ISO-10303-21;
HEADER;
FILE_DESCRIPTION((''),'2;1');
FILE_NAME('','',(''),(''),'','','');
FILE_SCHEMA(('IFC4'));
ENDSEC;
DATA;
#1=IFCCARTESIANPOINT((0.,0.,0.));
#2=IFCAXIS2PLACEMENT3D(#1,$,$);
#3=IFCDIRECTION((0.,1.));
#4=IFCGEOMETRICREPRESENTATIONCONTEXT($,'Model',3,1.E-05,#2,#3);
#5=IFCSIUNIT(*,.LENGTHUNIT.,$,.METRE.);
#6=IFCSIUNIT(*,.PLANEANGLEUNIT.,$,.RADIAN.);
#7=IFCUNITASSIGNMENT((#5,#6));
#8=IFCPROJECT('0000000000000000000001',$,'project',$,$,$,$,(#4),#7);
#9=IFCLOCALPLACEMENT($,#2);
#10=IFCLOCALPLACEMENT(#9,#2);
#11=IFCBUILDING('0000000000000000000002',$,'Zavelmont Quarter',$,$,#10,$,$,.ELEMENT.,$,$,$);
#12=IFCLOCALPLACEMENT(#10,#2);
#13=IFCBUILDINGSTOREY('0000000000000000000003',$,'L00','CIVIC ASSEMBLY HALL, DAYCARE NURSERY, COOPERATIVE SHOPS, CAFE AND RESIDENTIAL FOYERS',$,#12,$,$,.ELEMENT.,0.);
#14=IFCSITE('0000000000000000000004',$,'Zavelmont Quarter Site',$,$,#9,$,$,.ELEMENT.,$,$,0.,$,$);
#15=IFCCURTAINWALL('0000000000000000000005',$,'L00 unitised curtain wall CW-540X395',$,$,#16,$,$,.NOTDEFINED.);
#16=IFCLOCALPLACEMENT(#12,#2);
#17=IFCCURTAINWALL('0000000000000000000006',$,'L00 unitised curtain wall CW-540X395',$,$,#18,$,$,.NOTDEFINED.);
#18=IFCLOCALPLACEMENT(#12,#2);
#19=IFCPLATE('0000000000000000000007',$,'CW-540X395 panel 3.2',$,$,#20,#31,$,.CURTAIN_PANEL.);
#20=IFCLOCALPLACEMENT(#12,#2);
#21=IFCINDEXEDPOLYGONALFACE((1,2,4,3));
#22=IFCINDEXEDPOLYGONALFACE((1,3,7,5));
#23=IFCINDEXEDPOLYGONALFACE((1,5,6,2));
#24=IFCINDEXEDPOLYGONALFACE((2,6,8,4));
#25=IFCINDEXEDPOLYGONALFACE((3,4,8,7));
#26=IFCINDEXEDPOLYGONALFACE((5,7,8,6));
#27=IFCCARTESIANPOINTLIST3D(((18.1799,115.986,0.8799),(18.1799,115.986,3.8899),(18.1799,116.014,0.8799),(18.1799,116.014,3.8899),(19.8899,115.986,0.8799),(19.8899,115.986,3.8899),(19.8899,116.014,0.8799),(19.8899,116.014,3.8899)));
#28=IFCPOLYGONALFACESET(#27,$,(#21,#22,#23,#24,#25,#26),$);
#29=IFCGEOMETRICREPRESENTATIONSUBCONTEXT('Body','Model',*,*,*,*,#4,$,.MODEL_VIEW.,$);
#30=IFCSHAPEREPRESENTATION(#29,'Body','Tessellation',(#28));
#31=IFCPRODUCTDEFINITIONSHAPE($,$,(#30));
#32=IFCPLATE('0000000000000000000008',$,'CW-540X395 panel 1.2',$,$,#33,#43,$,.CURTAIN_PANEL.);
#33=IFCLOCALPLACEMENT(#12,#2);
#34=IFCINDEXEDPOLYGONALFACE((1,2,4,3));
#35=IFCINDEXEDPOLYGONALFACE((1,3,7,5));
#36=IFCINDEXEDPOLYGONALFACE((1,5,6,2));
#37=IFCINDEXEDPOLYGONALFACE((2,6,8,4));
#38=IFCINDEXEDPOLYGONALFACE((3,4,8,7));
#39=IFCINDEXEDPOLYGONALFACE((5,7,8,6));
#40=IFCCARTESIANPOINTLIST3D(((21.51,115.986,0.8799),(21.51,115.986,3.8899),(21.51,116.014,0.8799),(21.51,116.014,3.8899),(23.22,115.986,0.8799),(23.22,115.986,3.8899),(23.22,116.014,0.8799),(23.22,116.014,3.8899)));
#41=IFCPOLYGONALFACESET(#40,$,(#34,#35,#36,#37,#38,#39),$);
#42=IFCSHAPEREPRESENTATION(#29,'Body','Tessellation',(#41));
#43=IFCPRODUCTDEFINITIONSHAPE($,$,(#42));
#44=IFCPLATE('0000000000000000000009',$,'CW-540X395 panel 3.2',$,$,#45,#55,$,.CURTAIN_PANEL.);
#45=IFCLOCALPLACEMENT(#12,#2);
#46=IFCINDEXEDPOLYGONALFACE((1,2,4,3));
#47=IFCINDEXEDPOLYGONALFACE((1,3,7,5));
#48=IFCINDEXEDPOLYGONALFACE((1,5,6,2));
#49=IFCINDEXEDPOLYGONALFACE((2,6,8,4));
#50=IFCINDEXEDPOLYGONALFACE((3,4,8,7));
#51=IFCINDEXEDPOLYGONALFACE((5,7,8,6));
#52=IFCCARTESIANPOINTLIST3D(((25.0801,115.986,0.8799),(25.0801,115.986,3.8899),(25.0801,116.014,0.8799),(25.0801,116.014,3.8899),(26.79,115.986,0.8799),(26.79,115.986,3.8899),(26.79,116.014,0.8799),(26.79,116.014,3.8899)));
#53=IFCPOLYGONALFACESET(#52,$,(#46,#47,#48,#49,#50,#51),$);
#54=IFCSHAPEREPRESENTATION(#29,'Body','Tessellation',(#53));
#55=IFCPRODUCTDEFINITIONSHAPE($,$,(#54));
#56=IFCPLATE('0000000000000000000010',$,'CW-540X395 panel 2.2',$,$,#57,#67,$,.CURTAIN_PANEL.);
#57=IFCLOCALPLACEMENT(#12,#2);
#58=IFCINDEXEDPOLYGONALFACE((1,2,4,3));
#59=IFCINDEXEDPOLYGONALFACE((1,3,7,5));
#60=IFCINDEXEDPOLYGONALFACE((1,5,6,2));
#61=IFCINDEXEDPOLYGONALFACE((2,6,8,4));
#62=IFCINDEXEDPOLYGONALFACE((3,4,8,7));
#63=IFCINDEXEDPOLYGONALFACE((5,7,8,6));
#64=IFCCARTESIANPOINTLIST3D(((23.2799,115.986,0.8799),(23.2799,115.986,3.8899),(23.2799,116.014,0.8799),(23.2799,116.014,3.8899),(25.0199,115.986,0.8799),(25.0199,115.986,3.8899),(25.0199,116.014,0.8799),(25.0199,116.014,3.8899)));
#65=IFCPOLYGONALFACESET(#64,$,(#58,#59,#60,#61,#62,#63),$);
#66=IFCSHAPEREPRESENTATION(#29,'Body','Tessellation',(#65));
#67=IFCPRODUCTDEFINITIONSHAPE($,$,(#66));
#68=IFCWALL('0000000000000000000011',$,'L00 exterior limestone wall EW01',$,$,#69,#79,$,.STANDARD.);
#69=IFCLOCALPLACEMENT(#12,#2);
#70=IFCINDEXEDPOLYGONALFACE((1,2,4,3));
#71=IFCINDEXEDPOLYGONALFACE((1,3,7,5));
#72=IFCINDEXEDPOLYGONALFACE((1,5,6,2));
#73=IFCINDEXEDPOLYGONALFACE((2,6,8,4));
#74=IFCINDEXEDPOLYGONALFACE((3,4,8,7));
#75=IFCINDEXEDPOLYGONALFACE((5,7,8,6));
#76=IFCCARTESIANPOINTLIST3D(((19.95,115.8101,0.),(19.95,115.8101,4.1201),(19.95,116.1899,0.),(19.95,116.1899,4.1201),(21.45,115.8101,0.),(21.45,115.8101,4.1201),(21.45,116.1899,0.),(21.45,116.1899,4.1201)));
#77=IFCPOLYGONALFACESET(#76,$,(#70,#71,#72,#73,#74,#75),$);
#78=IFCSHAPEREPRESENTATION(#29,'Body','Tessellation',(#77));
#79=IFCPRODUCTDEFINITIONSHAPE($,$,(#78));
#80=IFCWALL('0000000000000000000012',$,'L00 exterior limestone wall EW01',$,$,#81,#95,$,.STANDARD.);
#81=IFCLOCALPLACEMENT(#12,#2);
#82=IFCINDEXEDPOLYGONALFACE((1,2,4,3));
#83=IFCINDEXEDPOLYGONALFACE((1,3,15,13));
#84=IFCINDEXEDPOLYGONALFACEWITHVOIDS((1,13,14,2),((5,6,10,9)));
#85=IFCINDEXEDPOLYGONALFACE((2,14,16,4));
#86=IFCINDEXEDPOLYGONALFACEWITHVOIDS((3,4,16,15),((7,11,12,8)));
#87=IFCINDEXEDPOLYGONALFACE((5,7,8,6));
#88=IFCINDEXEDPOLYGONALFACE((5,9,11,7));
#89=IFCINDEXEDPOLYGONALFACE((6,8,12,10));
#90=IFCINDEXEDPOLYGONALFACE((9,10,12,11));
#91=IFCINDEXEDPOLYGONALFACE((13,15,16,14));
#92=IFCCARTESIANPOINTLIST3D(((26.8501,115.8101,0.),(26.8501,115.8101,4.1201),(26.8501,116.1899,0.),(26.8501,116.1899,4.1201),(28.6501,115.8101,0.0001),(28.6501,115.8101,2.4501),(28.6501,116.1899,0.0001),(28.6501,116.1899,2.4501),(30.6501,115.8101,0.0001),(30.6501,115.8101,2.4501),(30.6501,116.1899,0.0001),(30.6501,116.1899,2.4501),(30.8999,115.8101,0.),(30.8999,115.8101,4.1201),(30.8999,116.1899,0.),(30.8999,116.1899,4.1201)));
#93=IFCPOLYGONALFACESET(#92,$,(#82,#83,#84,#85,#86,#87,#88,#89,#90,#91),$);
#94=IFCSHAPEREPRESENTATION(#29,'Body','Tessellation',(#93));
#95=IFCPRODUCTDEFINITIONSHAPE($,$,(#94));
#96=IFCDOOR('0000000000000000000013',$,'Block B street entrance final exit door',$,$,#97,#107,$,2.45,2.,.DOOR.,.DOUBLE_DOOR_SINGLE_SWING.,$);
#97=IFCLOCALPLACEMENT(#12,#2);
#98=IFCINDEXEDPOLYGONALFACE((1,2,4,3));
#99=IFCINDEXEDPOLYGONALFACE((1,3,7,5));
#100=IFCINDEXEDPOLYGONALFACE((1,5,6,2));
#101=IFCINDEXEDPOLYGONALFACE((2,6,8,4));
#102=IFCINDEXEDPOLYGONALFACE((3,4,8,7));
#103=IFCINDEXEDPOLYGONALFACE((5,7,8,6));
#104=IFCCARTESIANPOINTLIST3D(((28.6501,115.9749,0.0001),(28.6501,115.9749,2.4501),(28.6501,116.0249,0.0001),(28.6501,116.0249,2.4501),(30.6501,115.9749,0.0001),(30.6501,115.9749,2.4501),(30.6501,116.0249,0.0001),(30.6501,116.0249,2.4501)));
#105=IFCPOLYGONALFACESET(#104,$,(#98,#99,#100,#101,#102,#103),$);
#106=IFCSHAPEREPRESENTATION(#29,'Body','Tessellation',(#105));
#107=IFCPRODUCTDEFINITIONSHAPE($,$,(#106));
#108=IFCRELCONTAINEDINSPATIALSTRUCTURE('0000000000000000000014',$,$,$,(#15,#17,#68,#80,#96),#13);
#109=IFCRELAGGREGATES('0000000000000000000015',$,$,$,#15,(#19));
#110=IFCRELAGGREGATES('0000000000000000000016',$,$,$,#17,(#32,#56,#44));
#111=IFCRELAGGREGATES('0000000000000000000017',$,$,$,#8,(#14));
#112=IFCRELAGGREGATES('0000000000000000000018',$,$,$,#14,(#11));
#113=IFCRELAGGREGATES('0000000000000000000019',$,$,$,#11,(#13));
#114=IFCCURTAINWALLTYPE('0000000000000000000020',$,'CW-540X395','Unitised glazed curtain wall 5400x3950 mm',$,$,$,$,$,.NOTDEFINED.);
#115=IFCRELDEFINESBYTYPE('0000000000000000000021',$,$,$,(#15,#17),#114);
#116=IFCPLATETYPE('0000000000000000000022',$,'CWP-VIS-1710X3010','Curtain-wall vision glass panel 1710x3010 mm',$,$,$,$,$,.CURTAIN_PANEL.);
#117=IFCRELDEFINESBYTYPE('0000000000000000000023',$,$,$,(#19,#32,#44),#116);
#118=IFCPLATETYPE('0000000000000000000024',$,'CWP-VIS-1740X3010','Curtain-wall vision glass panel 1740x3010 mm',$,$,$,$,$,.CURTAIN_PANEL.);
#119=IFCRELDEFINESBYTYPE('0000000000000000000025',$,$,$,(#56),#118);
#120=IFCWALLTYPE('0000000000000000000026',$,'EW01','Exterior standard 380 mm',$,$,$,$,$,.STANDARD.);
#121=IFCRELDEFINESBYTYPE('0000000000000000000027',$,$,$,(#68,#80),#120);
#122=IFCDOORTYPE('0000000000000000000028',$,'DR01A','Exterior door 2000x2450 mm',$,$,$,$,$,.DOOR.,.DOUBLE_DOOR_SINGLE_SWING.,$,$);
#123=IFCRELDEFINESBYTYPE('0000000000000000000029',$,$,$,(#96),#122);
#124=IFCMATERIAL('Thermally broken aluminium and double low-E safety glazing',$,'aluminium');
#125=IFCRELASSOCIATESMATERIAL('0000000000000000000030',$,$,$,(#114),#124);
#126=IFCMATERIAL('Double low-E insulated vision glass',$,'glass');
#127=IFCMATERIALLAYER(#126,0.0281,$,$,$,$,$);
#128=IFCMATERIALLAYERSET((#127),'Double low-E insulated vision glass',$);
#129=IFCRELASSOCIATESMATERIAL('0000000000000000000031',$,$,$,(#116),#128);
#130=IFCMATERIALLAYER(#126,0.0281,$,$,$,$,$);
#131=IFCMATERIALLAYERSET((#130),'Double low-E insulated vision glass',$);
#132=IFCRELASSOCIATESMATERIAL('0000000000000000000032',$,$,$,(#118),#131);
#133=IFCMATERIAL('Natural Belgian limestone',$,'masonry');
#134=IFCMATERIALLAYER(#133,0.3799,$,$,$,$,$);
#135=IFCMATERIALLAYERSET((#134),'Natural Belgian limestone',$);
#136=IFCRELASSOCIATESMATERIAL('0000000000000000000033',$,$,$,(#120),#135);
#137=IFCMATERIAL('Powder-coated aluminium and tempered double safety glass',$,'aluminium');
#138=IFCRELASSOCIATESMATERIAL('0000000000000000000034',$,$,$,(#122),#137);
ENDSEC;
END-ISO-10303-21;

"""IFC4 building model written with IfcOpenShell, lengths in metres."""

from ifc_helpers import new_model, si_unit, direction, frame, frame_2d, origin, origin_with_axes, origin_2d, place, context, subcontext, project, spatial, rectangle, extrude, material, layer, layer_set, type_object, element, fill, aggregate, save


model = new_model("IFC4")

# Units and contexts
model_context = context("Model", 3, precision=1e-05, world=origin(), true_north=direction((0.0, 1.0)))
body_context = subcontext(model_context, "Body", "Model", "MODEL_VIEW")
ifc_project = project(units=[si_unit("LENGTHUNIT", "METRE"), si_unit("PLANEANGLEUNIT", "RADIAN")], contexts=[model_context])

# Site, building, storey
site_placement = place(None, origin())
site = spatial("IfcSite", under=ifc_project, at=site_placement, Name="Zavelmont Quarter Site", CompositionType="ELEMENT", RefElevation=0.0)
building_placement = place(site_placement, origin())
building = spatial("IfcBuilding", under=site, at=building_placement, Name="Zavelmont Quarter", CompositionType="ELEMENT")
storey_placement = place(building_placement, origin())
storey = spatial("IfcBuildingStorey", under=building, at=storey_placement, Name="L00", Description="CIVIC ASSEMBLY HALL, DAYCARE NURSERY, COOPERATIVE SHOPS, CAFE AND RESIDENTIAL FOYERS", CompositionType="ELEMENT", Elevation=0.0)

# Curtain wall
ifc_material_1 = material(Name="Thermally broken aluminium and double low-E safety glazing", Category="aluminium")
curtain_wall_type = type_object("IfcCurtainWallType", Name="CW-540X395", Description="Unitised glazed curtain wall 5400x3950 mm", PredefinedType="NOTDEFINED", material=ifc_material_1)
curtain_wall_1_placement = place(storey_placement, origin())
curtain_wall_1 = element("IfcCurtainWall", 1, at=curtain_wall_1_placement, inside=storey, type_object=curtain_wall_type, Name="L00 unitised curtain wall CW-540X395", PredefinedType="NOTDEFINED")

# Curtain wall
curtain_wall_2_placement = place(storey_placement, origin())
curtain_wall_2 = element("IfcCurtainWall", 2, at=curtain_wall_2_placement, inside=storey, type_object=curtain_wall_type, Name="L00 unitised curtain wall CW-540X395", PredefinedType="NOTDEFINED")

# Plates
ifc_material_2 = material(Name="Double low-E insulated vision glass", Category="glass")
ifc_layer_1 = layer(ifc_material_2, 0.0281)
ifc_layer_set_1 = layer_set([ifc_layer_1], Name="Double low-E insulated vision glass")
plate_type_1 = type_object("IfcPlateType", Name="CWP-VIS-1710X3010", Description="Curtain-wall vision glass panel 1710x3010 mm", PredefinedType="CURTAIN_PANEL", material=ifc_layer_set_1)
plate_1_placement = place(storey_placement, frame((19.0349, 116.0, 0.8799), z_axis=(0.0, 0.0, 1.0), x_axis=(1.0, 0.0, 0.0)))
plate_1 = element("IfcPlate", 3, at=plate_1_placement, type_object=plate_type_1, Name="CW-540X395 panel 3.2", PredefinedType="CURTAIN_PANEL", context=body_context, shape_type="SweptSolid", body=[
    extrude(rectangle(XDim=1.71, YDim=0.0281, at=origin_2d()), origin(), (0.0, 0.0, 1.0), 3.01),
])
aggregate(curtain_wall_1, [plate_1])
plate_2_placement = place(storey_placement, frame((22.365, 116.0, 0.8799), z_axis=(0.0, 0.0, 1.0), x_axis=(1.0, 0.0, 0.0)))
plate_2 = element("IfcPlate", 4, at=plate_2_placement, type_object=plate_type_1, Name="CW-540X395 panel 1.2", PredefinedType="CURTAIN_PANEL", context=body_context, shape_type="SweptSolid", body=[
    extrude(rectangle(XDim=1.71, YDim=0.0281, at=origin_2d()), origin(), (0.0, 0.0, 1.0), 3.01),
])
plate_3_placement = place(storey_placement, frame((25.9351, 116.0, 0.8799), z_axis=(0.0, 0.0, 1.0), x_axis=(1.0, 0.0, 0.0)))
plate_3 = element("IfcPlate", 5, at=plate_3_placement, type_object=plate_type_1, Name="CW-540X395 panel 3.2", PredefinedType="CURTAIN_PANEL", context=body_context, shape_type="SweptSolid", body=[
    extrude(rectangle(XDim=1.71, YDim=0.0281, at=origin_2d()), origin(), (0.0, 0.0, 1.0), 3.01),
])
ifc_layer_2 = layer(ifc_material_2, 0.0281)
ifc_layer_set_2 = layer_set([ifc_layer_2], Name="Double low-E insulated vision glass")
plate_type_2 = type_object("IfcPlateType", Name="CWP-VIS-1740X3010", Description="Curtain-wall vision glass panel 1740x3010 mm", PredefinedType="CURTAIN_PANEL", material=ifc_layer_set_2)
plate_4_placement = place(storey_placement, frame((24.1499, 116.0, 0.8799), z_axis=(0.0, 0.0, 1.0), x_axis=(1.0, 0.0, 0.0)))
plate_4 = element("IfcPlate", 6, at=plate_4_placement, type_object=plate_type_2, Name="CW-540X395 panel 2.2", PredefinedType="CURTAIN_PANEL", context=body_context, shape_type="SweptSolid", body=[
    extrude(rectangle(XDim=1.74, YDim=0.0281, at=origin_2d()), origin(), (0.0, 0.0, 1.0), 3.01),
])
aggregate(curtain_wall_2, [plate_2, plate_4, plate_3])

# Wall
ifc_material_3 = material(Name="Natural Belgian limestone", Category="masonry")
ifc_layer_3 = layer(ifc_material_3, 0.3799)
ifc_layer_set_3 = layer_set([ifc_layer_3], Name="Natural Belgian limestone")
wall_type = type_object("IfcWallType", Name="EW01", Description="Exterior standard 380 mm", PredefinedType="STANDARD", material=ifc_layer_set_3)
wall_1_placement = place(storey_placement, frame((19.95, 116.0, 0.0), z_axis=(0.0, 0.0, 1.0), x_axis=(1.0, 0.0, 0.0)))
element("IfcWall", 7, at=wall_1_placement, inside=storey, type_object=wall_type, Name="L00 exterior limestone wall EW01", PredefinedType="STANDARD", context=body_context, shape_type="SweptSolid", body=[
    extrude(rectangle(XDim=1.5, YDim=0.3799, at=frame_2d((0.75, 0.0))), origin(), (0.0, 0.0, 1.0), 4.1201),
])

# Wall, opening, door
wall_2_placement = place(storey_placement, frame((26.8501, 116.0, 0.0), z_axis=(0.0, 0.0, 1.0), x_axis=(1.0, 0.0, 0.0)))
wall_2 = element("IfcWall", 8, at=wall_2_placement, inside=storey, type_object=wall_type, Name="L00 exterior limestone wall EW01", PredefinedType="STANDARD", context=body_context, shape_type="SweptSolid", body=[
    extrude(rectangle(XDim=4.0498, YDim=0.3799, at=frame_2d((2.0249, 0.0))), origin(), (0.0, 0.0, 1.0), 4.1201),
])
opening_placement = place(wall_2_placement, frame((1.8, 0.0, 0.0)))
opening = element("IfcOpeningElement", 9, at=opening_placement, cuts=wall_2, PredefinedType="OPENING", context=body_context, shape_type="SweptSolid", body=[
    extrude(rectangle(XDim=2.0, YDim=2.45, at=frame_2d((1.0, 1.2251))), frame((0.0, 0.2019, 0.0), z_axis=(0.0, -1.0, 0.0), x_axis=(1.0, 0.0, 0.0)), (0.0, 0.0, 1.0), 0.4038),
])
ifc_material_4 = material(Name="Powder-coated aluminium and tempered double safety glass", Category="aluminium")
door_type = type_object("IfcDoorType", Name="DR01A", Description="Exterior door 2000x2450 mm", OperationType="DOUBLE_DOOR_SINGLE_SWING", PredefinedType="DOOR", material=ifc_material_4)
door_placement = place(opening_placement, origin_with_axes())
door = element("IfcDoor", 10, at=door_placement, inside=storey, type_object=door_type, Name="Block B street entrance final exit door", OperationType="DOUBLE_DOOR_SINGLE_SWING", OverallHeight=2.45, OverallWidth=2.0, PredefinedType="DOOR", context=body_context, shape_type="SweptSolid", body=[
    extrude(rectangle(XDim=2.0, YDim=2.45, at=frame_2d((1.0, 1.2251))), frame((0.0, 0.0249, 0.0), z_axis=(0.0, -1.0, 0.0), x_axis=(1.0, 0.0, 0.0)), (0.0, 0.0, 1.0), 0.05),
])
fill(opening, door)

save(model, "model.ifc")
